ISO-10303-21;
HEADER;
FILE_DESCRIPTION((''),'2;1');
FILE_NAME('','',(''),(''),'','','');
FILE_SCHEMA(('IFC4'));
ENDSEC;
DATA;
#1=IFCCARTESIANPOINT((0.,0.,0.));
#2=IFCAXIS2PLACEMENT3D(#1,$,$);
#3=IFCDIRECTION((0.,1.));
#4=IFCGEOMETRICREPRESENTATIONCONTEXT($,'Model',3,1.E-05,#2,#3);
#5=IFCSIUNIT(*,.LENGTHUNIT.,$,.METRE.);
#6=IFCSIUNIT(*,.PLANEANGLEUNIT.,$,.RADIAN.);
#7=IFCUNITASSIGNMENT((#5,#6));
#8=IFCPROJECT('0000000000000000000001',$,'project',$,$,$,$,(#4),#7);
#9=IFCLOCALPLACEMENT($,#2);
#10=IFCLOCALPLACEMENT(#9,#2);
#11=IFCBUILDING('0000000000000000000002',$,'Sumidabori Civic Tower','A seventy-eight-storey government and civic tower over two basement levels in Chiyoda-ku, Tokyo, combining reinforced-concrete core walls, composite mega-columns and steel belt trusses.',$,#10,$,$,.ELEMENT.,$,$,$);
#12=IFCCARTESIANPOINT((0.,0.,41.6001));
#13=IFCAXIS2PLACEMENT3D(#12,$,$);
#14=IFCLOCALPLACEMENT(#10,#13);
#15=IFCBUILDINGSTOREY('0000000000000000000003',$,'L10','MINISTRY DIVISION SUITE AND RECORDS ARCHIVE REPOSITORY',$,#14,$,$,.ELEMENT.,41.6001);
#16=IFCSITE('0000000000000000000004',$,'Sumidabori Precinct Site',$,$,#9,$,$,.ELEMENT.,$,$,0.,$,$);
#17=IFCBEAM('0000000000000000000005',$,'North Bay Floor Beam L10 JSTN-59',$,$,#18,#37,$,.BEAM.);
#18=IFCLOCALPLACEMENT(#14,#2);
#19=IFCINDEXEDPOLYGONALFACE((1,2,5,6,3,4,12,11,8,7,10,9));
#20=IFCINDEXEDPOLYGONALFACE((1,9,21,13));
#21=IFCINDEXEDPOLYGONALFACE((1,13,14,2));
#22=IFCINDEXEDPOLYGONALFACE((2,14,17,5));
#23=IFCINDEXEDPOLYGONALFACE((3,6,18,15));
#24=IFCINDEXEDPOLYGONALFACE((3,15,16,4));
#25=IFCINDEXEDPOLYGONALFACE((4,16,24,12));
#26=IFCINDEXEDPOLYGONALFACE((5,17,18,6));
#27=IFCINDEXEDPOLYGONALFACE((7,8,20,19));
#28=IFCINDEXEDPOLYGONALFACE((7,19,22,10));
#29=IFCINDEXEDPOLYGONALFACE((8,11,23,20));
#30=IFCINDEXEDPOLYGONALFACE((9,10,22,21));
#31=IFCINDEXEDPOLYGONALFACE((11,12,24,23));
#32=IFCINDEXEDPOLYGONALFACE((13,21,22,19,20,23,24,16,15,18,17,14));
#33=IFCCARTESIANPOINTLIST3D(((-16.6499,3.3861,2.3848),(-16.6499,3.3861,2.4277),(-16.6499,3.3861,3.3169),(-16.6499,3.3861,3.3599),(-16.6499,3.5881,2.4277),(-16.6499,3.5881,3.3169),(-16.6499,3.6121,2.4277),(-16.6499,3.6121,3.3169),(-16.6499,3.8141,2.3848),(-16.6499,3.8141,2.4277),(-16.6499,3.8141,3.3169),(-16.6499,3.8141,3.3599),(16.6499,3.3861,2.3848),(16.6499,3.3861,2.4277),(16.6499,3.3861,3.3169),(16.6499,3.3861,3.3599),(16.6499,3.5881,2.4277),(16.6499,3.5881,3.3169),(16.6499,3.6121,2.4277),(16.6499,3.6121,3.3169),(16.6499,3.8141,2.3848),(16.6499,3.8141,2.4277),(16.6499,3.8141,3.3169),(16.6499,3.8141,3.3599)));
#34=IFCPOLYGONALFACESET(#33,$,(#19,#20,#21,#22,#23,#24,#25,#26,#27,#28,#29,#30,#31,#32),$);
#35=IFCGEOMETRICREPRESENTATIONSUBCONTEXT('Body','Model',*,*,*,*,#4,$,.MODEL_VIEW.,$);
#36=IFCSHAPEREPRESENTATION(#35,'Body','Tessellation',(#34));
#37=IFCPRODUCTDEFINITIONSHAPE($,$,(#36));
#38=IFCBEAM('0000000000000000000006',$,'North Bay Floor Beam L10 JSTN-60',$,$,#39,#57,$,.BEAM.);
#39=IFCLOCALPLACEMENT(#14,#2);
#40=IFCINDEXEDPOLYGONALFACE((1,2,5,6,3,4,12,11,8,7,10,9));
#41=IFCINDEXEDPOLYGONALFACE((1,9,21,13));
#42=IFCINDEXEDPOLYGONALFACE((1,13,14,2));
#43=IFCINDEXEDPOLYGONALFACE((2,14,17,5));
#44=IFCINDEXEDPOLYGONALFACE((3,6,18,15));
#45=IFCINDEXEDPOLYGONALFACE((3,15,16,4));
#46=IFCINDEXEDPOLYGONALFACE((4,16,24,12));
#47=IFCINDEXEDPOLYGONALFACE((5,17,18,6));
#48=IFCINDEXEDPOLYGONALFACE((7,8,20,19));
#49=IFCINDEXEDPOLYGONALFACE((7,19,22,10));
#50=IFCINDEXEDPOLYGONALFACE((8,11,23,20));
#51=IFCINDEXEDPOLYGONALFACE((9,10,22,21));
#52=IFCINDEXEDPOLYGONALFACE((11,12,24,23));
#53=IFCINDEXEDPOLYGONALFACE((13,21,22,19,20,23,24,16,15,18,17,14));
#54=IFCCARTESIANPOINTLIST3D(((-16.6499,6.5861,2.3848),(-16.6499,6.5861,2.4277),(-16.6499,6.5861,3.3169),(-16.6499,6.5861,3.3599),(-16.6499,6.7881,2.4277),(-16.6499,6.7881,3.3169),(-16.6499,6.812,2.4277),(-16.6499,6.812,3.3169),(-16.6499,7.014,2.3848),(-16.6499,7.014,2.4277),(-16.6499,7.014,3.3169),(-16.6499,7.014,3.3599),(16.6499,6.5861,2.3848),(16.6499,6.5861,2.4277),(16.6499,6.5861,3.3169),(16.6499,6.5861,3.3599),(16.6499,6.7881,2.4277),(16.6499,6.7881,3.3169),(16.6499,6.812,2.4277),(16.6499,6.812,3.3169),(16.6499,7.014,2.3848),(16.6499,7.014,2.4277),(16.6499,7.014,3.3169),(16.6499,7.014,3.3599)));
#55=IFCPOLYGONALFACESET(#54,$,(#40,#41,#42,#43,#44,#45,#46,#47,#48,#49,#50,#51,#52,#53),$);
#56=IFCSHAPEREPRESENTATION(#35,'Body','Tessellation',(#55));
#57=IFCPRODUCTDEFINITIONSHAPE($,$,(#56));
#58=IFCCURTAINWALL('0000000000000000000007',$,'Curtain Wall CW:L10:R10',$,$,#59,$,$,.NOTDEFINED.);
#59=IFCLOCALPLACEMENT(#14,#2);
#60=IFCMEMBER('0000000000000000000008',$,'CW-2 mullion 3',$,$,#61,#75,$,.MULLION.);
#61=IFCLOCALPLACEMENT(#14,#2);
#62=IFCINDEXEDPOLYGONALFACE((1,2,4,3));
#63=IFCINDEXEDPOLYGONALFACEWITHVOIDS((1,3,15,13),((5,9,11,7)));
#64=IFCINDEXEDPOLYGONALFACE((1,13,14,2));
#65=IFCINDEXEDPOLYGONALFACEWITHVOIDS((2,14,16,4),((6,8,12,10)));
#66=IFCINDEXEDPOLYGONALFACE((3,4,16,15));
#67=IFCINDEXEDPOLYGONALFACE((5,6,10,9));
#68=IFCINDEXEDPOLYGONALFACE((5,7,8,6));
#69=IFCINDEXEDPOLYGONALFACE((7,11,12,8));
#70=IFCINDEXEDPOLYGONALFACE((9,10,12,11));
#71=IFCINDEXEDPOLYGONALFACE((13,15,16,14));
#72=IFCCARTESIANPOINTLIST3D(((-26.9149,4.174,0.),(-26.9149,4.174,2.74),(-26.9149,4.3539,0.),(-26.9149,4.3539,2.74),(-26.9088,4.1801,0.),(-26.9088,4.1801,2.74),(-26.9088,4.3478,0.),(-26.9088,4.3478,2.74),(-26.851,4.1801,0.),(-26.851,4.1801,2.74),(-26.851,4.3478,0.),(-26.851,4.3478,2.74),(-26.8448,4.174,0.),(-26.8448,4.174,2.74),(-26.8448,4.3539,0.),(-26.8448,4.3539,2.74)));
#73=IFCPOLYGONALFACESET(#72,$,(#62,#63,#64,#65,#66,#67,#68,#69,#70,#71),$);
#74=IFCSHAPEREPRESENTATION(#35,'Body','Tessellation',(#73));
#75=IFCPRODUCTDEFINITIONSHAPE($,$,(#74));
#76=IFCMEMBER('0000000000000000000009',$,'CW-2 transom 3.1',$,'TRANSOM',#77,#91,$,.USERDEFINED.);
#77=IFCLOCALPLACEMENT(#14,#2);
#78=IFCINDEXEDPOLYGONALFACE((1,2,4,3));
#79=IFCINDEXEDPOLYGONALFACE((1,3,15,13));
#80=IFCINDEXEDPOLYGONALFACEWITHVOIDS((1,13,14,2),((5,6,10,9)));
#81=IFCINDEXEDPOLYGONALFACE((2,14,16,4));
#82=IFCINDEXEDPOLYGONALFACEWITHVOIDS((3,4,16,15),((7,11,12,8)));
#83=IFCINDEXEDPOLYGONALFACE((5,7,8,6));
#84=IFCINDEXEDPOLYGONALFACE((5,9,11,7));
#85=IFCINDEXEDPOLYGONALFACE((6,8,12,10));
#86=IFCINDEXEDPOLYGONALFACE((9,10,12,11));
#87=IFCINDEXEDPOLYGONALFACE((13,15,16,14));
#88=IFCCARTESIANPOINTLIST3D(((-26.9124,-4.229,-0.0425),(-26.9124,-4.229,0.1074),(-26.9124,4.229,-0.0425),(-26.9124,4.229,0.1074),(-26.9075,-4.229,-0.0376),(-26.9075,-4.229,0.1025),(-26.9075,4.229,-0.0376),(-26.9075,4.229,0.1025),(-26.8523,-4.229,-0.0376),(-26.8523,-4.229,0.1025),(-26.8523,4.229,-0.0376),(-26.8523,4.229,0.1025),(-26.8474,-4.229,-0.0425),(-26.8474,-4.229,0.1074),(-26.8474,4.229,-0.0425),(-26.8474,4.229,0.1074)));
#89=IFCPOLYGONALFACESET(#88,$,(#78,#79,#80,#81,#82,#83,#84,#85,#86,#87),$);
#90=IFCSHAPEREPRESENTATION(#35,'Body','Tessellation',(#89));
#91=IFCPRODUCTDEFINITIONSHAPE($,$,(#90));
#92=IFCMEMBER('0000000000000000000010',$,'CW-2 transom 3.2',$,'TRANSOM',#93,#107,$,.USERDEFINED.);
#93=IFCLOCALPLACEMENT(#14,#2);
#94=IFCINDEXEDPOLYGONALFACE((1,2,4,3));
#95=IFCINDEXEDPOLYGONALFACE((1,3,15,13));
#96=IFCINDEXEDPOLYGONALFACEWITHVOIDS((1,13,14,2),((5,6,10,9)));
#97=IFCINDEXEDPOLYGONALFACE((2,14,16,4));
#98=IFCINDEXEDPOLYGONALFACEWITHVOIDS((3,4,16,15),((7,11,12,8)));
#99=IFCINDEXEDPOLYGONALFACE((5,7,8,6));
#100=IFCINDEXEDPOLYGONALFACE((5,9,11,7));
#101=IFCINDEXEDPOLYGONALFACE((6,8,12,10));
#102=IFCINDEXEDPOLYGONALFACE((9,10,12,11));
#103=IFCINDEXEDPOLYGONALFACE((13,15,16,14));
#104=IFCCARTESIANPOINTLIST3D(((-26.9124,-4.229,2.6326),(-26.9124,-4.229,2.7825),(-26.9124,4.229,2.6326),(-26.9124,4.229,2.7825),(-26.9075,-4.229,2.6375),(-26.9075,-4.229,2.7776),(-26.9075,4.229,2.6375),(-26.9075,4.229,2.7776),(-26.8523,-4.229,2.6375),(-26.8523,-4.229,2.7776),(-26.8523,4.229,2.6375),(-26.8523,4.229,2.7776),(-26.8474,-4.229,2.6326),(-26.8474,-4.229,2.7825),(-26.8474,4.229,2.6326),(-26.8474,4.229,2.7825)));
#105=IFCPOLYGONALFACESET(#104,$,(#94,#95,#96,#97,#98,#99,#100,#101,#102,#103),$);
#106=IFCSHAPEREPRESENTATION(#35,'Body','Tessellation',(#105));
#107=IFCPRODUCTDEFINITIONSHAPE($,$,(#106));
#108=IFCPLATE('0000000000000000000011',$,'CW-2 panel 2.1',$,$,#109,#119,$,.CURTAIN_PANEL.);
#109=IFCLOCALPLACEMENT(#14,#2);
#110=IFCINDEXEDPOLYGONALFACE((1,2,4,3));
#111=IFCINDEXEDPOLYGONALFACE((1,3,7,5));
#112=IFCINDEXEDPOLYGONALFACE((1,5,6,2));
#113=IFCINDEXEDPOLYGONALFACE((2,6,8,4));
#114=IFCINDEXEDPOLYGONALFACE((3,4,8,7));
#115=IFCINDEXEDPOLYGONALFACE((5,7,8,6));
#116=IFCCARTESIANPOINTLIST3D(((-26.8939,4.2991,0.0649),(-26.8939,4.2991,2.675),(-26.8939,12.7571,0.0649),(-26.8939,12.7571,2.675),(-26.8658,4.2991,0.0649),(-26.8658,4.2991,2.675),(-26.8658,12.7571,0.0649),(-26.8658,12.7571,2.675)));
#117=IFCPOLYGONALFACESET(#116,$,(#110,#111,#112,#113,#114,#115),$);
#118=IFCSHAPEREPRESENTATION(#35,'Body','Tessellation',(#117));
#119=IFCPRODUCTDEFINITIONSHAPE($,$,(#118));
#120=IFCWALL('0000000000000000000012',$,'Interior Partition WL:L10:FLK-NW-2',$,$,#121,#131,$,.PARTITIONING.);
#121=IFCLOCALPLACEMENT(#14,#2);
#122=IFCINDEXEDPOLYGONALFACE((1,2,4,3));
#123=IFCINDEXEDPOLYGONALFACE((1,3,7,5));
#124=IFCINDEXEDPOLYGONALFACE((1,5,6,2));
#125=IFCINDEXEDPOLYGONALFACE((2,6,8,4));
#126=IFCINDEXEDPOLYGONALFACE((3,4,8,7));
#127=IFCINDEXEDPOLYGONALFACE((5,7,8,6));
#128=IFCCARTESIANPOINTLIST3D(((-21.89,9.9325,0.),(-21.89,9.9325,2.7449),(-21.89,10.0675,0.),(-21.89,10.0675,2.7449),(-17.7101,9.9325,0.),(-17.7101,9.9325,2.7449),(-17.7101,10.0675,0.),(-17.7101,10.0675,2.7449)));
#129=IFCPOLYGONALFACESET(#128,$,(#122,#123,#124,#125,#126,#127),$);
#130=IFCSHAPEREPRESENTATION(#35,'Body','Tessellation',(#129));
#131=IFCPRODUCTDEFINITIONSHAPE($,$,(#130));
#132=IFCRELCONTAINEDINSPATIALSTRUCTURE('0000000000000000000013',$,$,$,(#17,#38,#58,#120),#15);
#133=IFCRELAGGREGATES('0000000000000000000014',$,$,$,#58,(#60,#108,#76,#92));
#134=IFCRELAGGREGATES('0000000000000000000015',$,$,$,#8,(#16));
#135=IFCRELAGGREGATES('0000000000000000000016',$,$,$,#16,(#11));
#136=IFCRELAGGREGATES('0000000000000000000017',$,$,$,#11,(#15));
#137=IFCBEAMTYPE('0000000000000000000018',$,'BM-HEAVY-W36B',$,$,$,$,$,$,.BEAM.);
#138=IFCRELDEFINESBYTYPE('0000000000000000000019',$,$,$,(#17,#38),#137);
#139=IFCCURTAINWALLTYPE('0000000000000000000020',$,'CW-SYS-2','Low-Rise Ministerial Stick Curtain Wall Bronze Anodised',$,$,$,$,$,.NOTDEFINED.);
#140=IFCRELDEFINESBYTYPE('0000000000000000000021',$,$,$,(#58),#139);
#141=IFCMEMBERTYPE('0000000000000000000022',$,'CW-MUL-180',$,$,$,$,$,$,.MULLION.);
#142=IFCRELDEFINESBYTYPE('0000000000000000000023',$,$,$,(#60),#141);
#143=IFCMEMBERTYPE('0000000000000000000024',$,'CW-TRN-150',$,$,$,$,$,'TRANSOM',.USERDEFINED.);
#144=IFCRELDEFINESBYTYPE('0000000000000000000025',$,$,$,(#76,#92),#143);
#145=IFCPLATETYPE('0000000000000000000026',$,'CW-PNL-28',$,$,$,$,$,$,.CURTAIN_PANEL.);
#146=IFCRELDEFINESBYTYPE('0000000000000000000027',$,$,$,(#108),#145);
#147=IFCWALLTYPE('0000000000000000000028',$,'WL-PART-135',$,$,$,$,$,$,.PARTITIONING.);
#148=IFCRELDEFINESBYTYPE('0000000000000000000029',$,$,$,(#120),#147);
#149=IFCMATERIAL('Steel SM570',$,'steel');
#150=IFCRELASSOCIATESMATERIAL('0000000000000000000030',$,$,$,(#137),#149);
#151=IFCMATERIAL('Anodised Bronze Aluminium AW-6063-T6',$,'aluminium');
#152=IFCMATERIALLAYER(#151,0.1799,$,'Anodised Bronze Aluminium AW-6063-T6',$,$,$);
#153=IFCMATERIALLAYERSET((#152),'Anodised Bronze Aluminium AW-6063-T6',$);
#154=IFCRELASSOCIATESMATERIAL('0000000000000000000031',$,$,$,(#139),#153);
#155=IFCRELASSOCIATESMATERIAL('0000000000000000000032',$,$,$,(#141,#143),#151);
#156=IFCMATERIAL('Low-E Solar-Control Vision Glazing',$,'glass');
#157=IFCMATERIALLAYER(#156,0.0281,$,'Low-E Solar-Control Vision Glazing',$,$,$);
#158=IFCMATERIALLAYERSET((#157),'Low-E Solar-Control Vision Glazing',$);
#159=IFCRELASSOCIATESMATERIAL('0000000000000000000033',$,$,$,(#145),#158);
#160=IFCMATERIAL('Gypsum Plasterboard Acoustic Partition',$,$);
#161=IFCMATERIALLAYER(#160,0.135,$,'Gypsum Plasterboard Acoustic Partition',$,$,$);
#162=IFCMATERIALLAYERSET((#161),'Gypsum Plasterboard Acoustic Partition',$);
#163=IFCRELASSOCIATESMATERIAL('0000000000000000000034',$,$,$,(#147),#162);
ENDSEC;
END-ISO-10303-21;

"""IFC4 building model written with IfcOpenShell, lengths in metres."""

from ifc_helpers import new_model, si_unit, direction, frame, frame_2d, origin, origin_2d, place, context, subcontext, project, spatial, rectangle, hollow_rectangle, i_section, extrude, source, transform, mapped, material, layer, layer_set, material_profile, profile_set, type_object, element, aggregate, save


model = new_model("IFC4")

# Units and contexts
model_context = context("Model", 3, precision=1e-05, world=origin(), true_north=direction((0.0, 1.0)))
body_context = subcontext(model_context, "Body", "Model", "MODEL_VIEW")
ifc_project = project(units=[si_unit("LENGTHUNIT", "METRE"), si_unit("PLANEANGLEUNIT", "RADIAN")], contexts=[model_context])

# Site, building, storey
site_placement = place(None, origin())
site = spatial("IfcSite", under=ifc_project, at=site_placement, Name="Sumidabori Precinct Site", CompositionType="ELEMENT", RefElevation=0.0)
building_placement = place(site_placement, origin())
building = spatial("IfcBuilding", under=site, at=building_placement, Name="Sumidabori Civic Tower", Description="A seventy-eight-storey government and civic tower over two basement levels in Chiyoda-ku, Tokyo, combining reinforced-concrete core walls, composite mega-columns and steel belt trusses.", CompositionType="ELEMENT")
storey_placement = place(building_placement, frame((0.0, 0.0, 41.6001)))
storey = spatial("IfcBuildingStorey", under=building, at=storey_placement, Name="L10", Description="MINISTRY DIVISION SUITE AND RECORDS ARCHIVE REPOSITORY", CompositionType="ELEMENT", Elevation=41.6001)

# Beams
ifc_material_1 = material(Name="Steel SM570", Category="steel")
ifc_material_profile_1 = material_profile(ifc_material_1, i_section(OverallWidth=0.428, OverallDepth=0.9751, WebThickness=0.0239, FlangeThickness=0.043, at=origin_2d()), Name="W36X395")
ifc_profile_set_1 = profile_set([ifc_material_profile_1], Name="Steel SM570")
beam_type_1 = type_object("IfcBeamType", Name="BM-HEAVY-W36B", PredefinedType="BEAM", material=ifc_profile_set_1)
shared_shape_1 = source(origin(), body_context, "Body", "SweptSolid", [
    extrude(i_section(OverallWidth=0.428, OverallDepth=0.9751, WebThickness=0.0239, FlangeThickness=0.043, at=origin_2d()), origin(), (0.0, 0.0, 1.0), 33.2998),
])
for number, where, z_axis, x_axis, name in (
    (1, (-16.6499, 3.6001, 2.8723), (1.0, 0.0, 0.0), (0.0, 1.0, 0.0), "North Bay Floor Beam L10 JSTN-59"),
    (2, (-16.6499, 6.8, 2.8723), (1.0, 0.0, 0.0), (0.0, 1.0, 0.0), "North Bay Floor Beam L10 JSTN-60"),
):
    element("IfcBeam", number, at=place(storey_placement, frame(where, z_axis=z_axis, x_axis=x_axis)), inside=storey, type_object=beam_type_1, Name=name, PredefinedType="BEAM", context=body_context, shape_type="MappedRepresentation", body=[
        mapped(shared_shape_1, transform((0.0, 0.0, 0.0), x_axis=(1.0, 0.0, 0.0), y_axis=(0.0, 1.0, 0.0), z_axis=(0.0, 0.0, 1.0), scale=1.0)),
    ])

# Curtain wall, members, plate
ifc_material_2 = material(Name="Anodised Bronze Aluminium AW-6063-T6", Category="aluminium")
ifc_layer_1 = layer(ifc_material_2, 0.1799, Name="Anodised Bronze Aluminium AW-6063-T6")
ifc_layer_set_1 = layer_set([ifc_layer_1], Name="Anodised Bronze Aluminium AW-6063-T6")
curtain_wall_type = type_object("IfcCurtainWallType", Name="CW-SYS-2", Description="Low-Rise Ministerial Stick Curtain Wall Bronze Anodised", PredefinedType="NOTDEFINED", material=ifc_layer_set_1)
curtain_wall_placement = place(storey_placement, origin())
curtain_wall = element("IfcCurtainWall", 3, at=curtain_wall_placement, inside=storey, type_object=curtain_wall_type, Name="Curtain Wall CW:L10:R10", PredefinedType="NOTDEFINED")
ifc_material_profile_2 = material_profile(ifc_material_2, hollow_rectangle(XDim=0.0701, YDim=0.1799, WallThickness=0.0061, at=origin_2d()), Name="ALU MULLION 180x70")
ifc_profile_set_2 = profile_set([ifc_material_profile_2], Name="Anodised Bronze Aluminium AW-6063-T6")
member_type_1 = type_object("IfcMemberType", Name="CW-MUL-180", PredefinedType="MULLION", material=ifc_profile_set_2)
shared_shape_2 = source(origin(), body_context, "Body", "SweptSolid", [
    extrude(hollow_rectangle(XDim=0.0701, YDim=0.1799, WallThickness=0.0061, at=origin_2d()), origin(), (0.0, 0.0, 1.0), 2.74),
])
member_1_placement = place(storey_placement, frame((-26.8799, 4.2639, 0.0), z_axis=(0.0, 0.0, 1.0), x_axis=(1.0, 0.0, 0.0)))
member_1 = element("IfcMember", 4, at=member_1_placement, type_object=member_type_1, Name="CW-2 mullion 3", PredefinedType="MULLION", context=body_context, shape_type="MappedRepresentation", body=[
    mapped(shared_shape_2, transform((0.0, 0.0, 0.0), x_axis=(1.0, 0.0, 0.0), y_axis=(0.0, 1.0, 0.0), z_axis=(0.0, 0.0, 1.0), scale=1.0)),
])
ifc_material_profile_3 = material_profile(ifc_material_2, hollow_rectangle(XDim=0.0649, YDim=0.1499, WallThickness=0.0049, at=origin_2d()), Name="ALU TRANSOM 150x65")
ifc_profile_set_3 = profile_set([ifc_material_profile_3], Name="Anodised Bronze Aluminium AW-6063-T6")
member_type_2 = type_object("IfcMemberType", Name="CW-TRN-150", ElementType="TRANSOM", PredefinedType="USERDEFINED", material=ifc_profile_set_3)
shared_shape_3 = source(origin(), body_context, "Body", "SweptSolid", [
    extrude(hollow_rectangle(XDim=0.0649, YDim=0.1499, WallThickness=0.0049, at=origin_2d()), origin(), (0.0, 0.0, 1.0), 8.458),
])
member_2_placement = place(storey_placement, frame((-26.8799, 4.229, 0.0325), z_axis=(0.0, -1.0, 0.0), x_axis=(1.0, 0.0, 0.0)))
member_2 = element("IfcMember", 5, at=member_2_placement, type_object=member_type_2, Name="CW-2 transom 3.1", ObjectType="TRANSOM", PredefinedType="USERDEFINED", context=body_context, shape_type="MappedRepresentation", body=[
    mapped(shared_shape_3, transform((0.0, 0.0, 0.0), x_axis=(1.0, 0.0, 0.0), y_axis=(0.0, 1.0, 0.0), z_axis=(0.0, 0.0, 1.0), scale=1.0)),
])
member_3_placement = place(storey_placement, frame((-26.8799, 4.229, 2.7075), z_axis=(0.0, -1.0, 0.0), x_axis=(1.0, 0.0, 0.0)))
member_3 = element("IfcMember", 6, at=member_3_placement, type_object=member_type_2, Name="CW-2 transom 3.2", ObjectType="TRANSOM", PredefinedType="USERDEFINED", context=body_context, shape_type="MappedRepresentation", body=[
    mapped(shared_shape_3, transform((0.0, 0.0, 0.0), x_axis=(1.0, 0.0, 0.0), y_axis=(0.0, 1.0, 0.0), z_axis=(0.0, 0.0, 1.0), scale=1.0)),
])
ifc_material_3 = material(Name="Low-E Solar-Control Vision Glazing", Category="glass")
ifc_layer_2 = layer(ifc_material_3, 0.0281, Name="Low-E Solar-Control Vision Glazing")
ifc_layer_set_2 = layer_set([ifc_layer_2], Name="Low-E Solar-Control Vision Glazing")
plate_type = type_object("IfcPlateType", Name="CW-PNL-28", PredefinedType="CURTAIN_PANEL", material=ifc_layer_set_2)
shared_shape_4 = source(origin(), body_context, "Body", "SweptSolid", [
    extrude(rectangle(XDim=8.458, YDim=0.0281, at=origin_2d()), origin(), (0.0, 0.0, 1.0), 2.6101),
])
plate_placement = place(storey_placement, frame((-26.8799, 8.5281, 0.0649), z_axis=(0.0, 0.0, 1.0), x_axis=(0.0, -1.0, 0.0)))
plate = element("IfcPlate", 7, at=plate_placement, type_object=plate_type, Name="CW-2 panel 2.1", PredefinedType="CURTAIN_PANEL", context=body_context, shape_type="MappedRepresentation", body=[
    mapped(shared_shape_4, transform((0.0, 0.0, 0.0), x_axis=(1.0, 0.0, 0.0), y_axis=(0.0, 1.0, 0.0), z_axis=(0.0, 0.0, 1.0), scale=1.0)),
])
aggregate(curtain_wall, [member_1, plate, member_2, member_3])

# Shared definitions
ifc_material_4 = material(Name="Gypsum Plasterboard Acoustic Partition")
ifc_layer_3 = layer(ifc_material_4, 0.135, Name="Gypsum Plasterboard Acoustic Partition")
ifc_layer_set_3 = layer_set([ifc_layer_3], Name="Gypsum Plasterboard Acoustic Partition")
wall_type = type_object("IfcWallType", Name="WL-PART-135", PredefinedType="PARTITIONING", material=ifc_layer_set_3)

# Wall
shared_shape_5 = source(origin(), body_context, "Body", "SweptSolid", [
    extrude(rectangle(XDim=4.1799, YDim=0.135, at=frame_2d((2.0898, 0.0))), origin(), (0.0, 0.0, 1.0), 2.7449),
])
wall_1_placement = place(storey_placement, frame((-21.8899, 10.0, 0.0), z_axis=(0.0, 0.0, 1.0), x_axis=(1.0, 0.0, 0.0)))
element("IfcWall", 8, at=wall_1_placement, inside=storey, type_object=wall_type, Name="Interior Partition WL:L10:FLK-NW-2", PredefinedType="PARTITIONING", context=body_context, shape_type="MappedRepresentation", body=[
    mapped(shared_shape_5, transform((0.0, 0.0, 0.0), x_axis=(1.0, 0.0, 0.0), y_axis=(0.0, 1.0, 0.0), z_axis=(0.0, 0.0, 1.0), scale=1.0)),
])

save(model, "model.ifc")
